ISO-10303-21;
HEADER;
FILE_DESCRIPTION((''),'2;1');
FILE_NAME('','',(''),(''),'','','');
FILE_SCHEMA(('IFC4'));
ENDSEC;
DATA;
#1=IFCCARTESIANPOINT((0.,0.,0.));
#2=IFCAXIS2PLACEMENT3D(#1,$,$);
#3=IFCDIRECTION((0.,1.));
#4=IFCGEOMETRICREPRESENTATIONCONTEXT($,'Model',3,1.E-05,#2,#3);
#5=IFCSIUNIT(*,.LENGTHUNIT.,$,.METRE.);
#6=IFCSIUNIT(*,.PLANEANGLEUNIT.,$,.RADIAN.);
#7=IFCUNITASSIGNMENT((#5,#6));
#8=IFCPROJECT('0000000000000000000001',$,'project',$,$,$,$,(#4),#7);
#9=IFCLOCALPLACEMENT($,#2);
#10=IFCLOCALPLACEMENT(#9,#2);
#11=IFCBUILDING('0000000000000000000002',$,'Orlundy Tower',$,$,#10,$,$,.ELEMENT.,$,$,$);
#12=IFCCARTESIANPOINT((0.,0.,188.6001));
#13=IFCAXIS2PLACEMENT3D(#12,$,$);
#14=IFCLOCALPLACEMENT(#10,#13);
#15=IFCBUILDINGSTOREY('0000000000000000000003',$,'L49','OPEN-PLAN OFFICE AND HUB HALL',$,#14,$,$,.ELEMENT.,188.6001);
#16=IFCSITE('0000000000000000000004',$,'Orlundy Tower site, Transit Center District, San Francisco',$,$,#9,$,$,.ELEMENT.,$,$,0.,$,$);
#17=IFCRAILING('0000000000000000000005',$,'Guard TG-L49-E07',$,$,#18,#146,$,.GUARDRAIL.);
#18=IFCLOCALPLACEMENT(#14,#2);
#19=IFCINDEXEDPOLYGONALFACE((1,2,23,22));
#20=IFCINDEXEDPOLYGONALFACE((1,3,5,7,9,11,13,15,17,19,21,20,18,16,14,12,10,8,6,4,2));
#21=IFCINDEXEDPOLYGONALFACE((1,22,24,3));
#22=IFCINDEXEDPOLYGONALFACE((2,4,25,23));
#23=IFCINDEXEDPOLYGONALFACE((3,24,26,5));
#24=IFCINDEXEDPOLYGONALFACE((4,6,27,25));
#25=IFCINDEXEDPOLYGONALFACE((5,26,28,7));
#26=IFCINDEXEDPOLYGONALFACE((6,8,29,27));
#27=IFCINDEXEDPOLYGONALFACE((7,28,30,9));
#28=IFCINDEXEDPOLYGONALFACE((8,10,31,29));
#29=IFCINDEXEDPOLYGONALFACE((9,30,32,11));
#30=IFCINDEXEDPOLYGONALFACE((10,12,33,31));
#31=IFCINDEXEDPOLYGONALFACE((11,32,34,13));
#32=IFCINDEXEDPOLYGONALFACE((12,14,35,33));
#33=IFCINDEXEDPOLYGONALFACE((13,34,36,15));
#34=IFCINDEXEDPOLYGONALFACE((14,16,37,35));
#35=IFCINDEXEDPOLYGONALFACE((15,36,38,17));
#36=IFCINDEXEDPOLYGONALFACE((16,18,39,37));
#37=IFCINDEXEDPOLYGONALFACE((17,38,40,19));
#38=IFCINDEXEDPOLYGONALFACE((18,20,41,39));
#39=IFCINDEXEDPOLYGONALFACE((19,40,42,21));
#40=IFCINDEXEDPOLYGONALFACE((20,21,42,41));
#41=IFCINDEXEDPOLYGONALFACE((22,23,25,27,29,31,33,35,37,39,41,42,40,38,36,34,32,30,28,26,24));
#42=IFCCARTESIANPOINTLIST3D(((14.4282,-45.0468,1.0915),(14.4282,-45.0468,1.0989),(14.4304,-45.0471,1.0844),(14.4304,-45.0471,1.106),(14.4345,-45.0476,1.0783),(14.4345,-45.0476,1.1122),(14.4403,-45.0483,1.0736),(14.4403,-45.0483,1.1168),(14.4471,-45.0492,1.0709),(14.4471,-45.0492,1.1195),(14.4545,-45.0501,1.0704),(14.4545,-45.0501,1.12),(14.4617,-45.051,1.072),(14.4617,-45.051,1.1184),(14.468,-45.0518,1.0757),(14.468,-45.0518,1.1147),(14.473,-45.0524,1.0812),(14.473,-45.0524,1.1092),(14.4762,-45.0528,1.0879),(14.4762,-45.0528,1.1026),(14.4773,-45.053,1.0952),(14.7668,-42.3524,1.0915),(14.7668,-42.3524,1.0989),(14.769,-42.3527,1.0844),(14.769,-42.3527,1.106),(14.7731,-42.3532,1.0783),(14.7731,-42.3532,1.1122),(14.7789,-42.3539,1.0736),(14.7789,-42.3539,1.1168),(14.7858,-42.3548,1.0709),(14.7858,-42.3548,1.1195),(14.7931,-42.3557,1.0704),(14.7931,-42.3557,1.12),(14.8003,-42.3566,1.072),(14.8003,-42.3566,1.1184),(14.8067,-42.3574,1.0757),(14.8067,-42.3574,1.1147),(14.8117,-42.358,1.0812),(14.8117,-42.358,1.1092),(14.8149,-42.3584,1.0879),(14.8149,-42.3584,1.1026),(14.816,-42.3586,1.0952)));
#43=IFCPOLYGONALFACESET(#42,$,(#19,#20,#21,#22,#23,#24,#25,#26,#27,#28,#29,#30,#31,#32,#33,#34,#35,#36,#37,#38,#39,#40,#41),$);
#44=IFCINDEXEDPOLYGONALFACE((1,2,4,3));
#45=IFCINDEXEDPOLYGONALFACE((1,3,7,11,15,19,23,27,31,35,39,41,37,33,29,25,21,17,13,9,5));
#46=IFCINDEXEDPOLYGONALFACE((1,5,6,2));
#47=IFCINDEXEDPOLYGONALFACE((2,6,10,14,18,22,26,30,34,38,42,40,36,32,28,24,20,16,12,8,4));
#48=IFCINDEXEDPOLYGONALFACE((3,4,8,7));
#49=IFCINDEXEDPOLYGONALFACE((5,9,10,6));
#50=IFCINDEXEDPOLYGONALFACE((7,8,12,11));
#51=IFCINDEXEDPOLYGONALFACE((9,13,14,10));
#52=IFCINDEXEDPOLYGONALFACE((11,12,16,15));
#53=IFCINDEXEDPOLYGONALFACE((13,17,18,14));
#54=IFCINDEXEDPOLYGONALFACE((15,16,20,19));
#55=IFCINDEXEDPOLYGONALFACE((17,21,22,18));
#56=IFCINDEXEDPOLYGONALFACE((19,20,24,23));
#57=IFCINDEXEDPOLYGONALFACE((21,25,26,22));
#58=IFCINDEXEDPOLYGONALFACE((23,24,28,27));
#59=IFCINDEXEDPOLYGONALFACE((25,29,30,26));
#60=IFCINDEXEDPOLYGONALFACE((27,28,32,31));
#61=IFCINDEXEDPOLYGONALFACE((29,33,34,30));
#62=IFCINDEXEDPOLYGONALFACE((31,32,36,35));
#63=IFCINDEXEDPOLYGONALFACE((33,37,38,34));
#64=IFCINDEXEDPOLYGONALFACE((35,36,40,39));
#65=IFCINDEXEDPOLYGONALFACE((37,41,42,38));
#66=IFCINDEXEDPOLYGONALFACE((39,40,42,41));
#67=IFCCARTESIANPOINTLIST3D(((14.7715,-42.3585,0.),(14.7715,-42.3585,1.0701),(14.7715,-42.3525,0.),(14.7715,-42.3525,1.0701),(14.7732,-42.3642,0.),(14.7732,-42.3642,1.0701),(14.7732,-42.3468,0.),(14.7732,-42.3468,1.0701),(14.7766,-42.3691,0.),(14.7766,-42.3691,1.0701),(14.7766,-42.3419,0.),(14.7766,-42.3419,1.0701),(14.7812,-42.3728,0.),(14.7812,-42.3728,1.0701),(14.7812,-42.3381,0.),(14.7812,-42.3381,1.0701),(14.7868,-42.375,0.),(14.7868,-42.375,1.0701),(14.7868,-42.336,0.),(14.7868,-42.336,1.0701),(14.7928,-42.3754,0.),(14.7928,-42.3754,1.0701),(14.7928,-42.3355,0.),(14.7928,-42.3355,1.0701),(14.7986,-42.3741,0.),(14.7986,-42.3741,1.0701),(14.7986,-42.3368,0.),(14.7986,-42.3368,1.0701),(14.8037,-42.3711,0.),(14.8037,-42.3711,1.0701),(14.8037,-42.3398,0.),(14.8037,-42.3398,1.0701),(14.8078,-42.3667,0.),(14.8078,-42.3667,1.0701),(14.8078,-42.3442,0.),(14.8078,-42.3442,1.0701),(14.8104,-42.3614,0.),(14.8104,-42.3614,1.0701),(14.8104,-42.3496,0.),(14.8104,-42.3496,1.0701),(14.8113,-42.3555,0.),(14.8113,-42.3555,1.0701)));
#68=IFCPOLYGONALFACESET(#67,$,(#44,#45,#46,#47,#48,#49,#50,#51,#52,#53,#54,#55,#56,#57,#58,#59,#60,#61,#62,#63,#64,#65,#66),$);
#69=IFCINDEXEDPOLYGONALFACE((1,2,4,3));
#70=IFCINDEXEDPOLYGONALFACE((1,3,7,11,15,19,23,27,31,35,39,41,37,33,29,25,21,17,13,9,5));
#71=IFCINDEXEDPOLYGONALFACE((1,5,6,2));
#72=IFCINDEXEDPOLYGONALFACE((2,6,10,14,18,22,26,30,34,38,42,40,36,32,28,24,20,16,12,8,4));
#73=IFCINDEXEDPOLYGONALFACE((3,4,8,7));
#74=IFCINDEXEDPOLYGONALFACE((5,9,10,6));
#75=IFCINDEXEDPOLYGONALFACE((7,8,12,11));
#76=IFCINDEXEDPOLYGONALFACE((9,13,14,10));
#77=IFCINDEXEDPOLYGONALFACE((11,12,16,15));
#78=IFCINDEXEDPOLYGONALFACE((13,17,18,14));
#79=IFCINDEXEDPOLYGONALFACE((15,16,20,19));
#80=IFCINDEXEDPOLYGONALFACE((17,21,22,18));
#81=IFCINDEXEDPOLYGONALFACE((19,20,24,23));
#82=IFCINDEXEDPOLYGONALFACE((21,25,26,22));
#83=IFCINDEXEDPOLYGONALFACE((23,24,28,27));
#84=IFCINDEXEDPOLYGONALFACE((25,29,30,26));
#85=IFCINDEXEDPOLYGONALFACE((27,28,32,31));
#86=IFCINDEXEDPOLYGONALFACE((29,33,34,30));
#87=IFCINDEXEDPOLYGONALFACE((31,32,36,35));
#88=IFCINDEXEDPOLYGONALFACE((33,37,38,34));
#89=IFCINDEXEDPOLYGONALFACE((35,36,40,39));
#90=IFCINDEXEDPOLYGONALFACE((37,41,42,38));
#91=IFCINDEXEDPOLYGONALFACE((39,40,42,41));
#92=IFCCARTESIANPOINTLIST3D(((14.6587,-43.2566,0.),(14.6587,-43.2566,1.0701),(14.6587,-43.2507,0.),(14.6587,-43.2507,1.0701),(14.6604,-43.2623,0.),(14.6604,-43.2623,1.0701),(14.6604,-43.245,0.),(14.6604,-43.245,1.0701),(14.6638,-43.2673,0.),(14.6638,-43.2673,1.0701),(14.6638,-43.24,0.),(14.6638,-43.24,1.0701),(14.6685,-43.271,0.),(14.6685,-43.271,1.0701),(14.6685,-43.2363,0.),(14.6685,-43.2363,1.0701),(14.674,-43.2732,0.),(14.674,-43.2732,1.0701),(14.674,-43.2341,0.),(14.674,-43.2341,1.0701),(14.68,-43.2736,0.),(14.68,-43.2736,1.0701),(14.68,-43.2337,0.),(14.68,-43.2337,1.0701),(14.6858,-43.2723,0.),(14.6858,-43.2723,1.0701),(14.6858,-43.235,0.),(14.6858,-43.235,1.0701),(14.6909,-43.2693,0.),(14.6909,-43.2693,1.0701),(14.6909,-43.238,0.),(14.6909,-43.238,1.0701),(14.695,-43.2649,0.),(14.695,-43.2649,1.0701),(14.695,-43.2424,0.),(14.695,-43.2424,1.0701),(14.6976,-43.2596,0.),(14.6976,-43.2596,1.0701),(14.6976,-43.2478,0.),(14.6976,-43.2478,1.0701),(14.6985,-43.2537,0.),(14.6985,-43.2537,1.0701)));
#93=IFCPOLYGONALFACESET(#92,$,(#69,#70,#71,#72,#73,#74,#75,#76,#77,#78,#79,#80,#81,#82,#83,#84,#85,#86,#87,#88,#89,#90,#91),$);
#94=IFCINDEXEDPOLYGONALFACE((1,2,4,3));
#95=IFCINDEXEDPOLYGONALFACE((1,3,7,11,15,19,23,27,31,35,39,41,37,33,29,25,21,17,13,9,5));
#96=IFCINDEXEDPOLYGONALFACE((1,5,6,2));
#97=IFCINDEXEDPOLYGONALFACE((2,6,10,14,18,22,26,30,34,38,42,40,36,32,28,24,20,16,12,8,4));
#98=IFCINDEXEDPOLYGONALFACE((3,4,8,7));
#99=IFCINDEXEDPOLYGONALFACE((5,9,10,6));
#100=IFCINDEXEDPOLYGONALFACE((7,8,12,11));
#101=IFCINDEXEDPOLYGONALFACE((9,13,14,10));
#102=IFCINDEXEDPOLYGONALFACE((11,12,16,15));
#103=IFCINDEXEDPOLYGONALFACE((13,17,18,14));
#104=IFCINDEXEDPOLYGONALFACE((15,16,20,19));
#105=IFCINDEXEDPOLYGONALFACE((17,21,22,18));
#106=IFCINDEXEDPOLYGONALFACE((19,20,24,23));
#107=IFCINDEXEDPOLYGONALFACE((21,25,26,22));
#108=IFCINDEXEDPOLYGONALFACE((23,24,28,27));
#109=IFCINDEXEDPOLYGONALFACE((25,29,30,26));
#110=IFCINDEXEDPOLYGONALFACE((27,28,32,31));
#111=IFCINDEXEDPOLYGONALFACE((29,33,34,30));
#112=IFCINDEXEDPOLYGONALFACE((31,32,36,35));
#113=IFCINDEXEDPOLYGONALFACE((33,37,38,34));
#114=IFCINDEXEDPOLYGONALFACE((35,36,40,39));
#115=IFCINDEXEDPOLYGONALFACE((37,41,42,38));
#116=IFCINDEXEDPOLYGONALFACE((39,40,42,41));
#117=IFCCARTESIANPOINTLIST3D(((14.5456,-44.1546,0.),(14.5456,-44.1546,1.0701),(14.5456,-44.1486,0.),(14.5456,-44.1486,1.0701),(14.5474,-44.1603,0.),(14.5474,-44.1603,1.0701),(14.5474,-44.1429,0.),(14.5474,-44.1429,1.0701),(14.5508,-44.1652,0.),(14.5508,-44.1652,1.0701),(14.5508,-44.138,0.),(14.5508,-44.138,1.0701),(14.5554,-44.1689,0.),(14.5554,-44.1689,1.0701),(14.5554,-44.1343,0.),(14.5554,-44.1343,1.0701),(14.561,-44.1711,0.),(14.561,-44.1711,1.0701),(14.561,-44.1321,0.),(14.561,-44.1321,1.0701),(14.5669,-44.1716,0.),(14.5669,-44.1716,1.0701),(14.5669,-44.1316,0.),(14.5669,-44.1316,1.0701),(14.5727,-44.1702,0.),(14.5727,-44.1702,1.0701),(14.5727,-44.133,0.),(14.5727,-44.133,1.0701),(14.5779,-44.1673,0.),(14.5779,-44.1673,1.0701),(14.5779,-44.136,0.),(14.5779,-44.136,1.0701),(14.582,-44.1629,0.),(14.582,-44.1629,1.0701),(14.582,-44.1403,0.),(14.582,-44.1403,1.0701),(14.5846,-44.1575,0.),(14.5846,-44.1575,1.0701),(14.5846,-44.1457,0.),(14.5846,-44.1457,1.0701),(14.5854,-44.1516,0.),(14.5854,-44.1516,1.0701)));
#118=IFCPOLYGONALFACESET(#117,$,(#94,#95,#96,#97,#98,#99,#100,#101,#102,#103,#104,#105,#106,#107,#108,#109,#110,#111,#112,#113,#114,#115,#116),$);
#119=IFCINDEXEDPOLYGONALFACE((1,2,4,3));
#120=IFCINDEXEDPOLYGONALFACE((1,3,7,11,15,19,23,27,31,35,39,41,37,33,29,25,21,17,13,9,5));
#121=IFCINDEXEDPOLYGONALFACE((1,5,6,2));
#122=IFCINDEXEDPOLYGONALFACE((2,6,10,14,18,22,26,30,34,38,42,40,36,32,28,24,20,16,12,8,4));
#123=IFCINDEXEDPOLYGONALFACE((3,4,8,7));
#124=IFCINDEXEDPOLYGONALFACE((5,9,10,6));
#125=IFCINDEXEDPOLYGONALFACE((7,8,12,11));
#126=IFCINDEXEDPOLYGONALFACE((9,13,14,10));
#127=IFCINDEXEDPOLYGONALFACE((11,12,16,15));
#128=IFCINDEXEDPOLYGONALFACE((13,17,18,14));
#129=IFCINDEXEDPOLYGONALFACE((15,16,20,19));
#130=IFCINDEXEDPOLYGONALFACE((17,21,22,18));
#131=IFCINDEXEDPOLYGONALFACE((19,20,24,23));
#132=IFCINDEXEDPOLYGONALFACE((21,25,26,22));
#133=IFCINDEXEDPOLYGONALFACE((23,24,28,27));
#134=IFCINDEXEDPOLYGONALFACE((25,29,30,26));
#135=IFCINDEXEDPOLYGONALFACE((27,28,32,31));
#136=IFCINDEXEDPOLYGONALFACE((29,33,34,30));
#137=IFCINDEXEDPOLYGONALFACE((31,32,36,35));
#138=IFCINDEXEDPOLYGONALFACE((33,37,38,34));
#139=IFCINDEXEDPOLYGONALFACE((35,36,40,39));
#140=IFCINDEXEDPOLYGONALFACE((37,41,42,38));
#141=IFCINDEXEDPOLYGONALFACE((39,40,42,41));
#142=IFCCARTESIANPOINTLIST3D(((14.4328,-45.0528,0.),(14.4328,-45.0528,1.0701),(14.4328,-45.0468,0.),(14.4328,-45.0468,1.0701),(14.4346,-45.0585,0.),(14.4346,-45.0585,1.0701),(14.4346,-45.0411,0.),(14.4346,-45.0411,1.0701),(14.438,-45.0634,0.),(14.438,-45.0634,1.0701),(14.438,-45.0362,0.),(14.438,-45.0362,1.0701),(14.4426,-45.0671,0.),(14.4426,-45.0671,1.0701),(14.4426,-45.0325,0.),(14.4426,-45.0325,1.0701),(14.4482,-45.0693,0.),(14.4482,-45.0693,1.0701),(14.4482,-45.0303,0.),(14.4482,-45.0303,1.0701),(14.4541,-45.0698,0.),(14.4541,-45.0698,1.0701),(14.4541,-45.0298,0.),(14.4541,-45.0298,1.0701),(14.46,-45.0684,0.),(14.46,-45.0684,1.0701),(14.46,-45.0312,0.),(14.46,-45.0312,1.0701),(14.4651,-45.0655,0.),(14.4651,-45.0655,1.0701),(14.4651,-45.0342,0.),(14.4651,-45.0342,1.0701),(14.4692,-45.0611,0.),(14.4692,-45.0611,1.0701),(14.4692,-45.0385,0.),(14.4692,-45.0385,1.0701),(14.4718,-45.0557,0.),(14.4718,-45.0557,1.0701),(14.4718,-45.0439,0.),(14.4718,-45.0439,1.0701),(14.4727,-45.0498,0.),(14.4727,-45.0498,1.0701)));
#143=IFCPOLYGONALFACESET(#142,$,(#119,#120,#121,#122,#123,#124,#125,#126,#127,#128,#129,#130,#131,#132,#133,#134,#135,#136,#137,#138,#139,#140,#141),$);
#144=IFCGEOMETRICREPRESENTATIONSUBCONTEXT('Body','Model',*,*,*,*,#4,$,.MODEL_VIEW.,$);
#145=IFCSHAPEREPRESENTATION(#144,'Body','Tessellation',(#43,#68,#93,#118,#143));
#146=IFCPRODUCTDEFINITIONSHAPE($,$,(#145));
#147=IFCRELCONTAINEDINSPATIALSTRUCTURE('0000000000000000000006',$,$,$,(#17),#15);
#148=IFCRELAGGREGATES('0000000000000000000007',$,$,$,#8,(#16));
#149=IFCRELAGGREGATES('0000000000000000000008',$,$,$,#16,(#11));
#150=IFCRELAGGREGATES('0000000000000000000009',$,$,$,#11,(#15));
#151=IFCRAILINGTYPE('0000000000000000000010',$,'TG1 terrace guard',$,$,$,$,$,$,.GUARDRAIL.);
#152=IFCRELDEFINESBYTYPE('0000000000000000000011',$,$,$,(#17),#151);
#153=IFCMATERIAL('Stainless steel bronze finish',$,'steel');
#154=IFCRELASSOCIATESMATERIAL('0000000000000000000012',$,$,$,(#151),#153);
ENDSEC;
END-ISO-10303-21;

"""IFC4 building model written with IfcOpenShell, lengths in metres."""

from ifc_helpers import new_model, si_unit, direction, frame, origin, origin_2d, place, context, subcontext, project, spatial, circle, extrude, material, type_object, element, save


model = new_model("IFC4")

# Units and contexts
model_context = context("Model", 3, precision=1e-05, world=origin(), true_north=direction((0.0, 1.0)))
body_context = subcontext(model_context, "Body", "Model", "MODEL_VIEW")
ifc_project = project(units=[si_unit("LENGTHUNIT", "METRE"), si_unit("PLANEANGLEUNIT", "RADIAN")], contexts=[model_context])

# Site, building, storey
site_placement = place(None, origin())
site = spatial("IfcSite", under=ifc_project, at=site_placement, Name="Orlundy Tower site, Transit Center District, San Francisco", CompositionType="ELEMENT", RefElevation=0.0)
building_placement = place(site_placement, origin())
building = spatial("IfcBuilding", under=site, at=building_placement, Name="Orlundy Tower", CompositionType="ELEMENT")
storey_placement = place(building_placement, frame((0.0, 0.0, 188.6001)))
storey = spatial("IfcBuildingStorey", under=building, at=storey_placement, Name="L49", Description="OPEN-PLAN OFFICE AND HUB HALL", CompositionType="ELEMENT", Elevation=188.6001)

# Railing
ifc_material_1 = material(Name="Stainless steel bronze finish", Category="steel")
railing_type = type_object("IfcRailingType", Name="TG1 terrace guard", PredefinedType="GUARDRAIL", material=ifc_material_1)
railing_1_placement = place(storey_placement, frame((14.7913, -42.3555, 0.0)))
element("IfcRailing", 1, at=railing_1_placement, inside=storey, type_object=railing_type, Name="Guard TG-L49-E07", PredefinedType="GUARDRAIL", context=body_context, shape_type="SweptSolid", body=[
    extrude(circle(Radius=0.0249, at=origin_2d()), frame((0.0, 0.0, 1.0952), z_axis=(-0.124699, -0.992195, 0.0), x_axis=(0.992195, -0.124699, 0.0)), (0.0, 0.0, 1.0), 2.7156),
    extrude(circle(Radius=0.02, at=origin_2d()), origin(), (0.0, 0.0, 1.0), 1.0701),
    extrude(circle(Radius=0.02, at=origin_2d()), frame((-0.1128, -0.8982, 0.0)), (0.0, 0.0, 1.0), 1.0701),
    extrude(circle(Radius=0.02, at=origin_2d()), frame((-0.2258, -1.7961, 0.0)), (0.0, 0.0, 1.0), 1.0701),
    extrude(circle(Radius=0.02, at=origin_2d()), frame((-0.3386, -2.6943, 0.0)), (0.0, 0.0, 1.0), 1.0701),
])

save(model, "model.ifc")
